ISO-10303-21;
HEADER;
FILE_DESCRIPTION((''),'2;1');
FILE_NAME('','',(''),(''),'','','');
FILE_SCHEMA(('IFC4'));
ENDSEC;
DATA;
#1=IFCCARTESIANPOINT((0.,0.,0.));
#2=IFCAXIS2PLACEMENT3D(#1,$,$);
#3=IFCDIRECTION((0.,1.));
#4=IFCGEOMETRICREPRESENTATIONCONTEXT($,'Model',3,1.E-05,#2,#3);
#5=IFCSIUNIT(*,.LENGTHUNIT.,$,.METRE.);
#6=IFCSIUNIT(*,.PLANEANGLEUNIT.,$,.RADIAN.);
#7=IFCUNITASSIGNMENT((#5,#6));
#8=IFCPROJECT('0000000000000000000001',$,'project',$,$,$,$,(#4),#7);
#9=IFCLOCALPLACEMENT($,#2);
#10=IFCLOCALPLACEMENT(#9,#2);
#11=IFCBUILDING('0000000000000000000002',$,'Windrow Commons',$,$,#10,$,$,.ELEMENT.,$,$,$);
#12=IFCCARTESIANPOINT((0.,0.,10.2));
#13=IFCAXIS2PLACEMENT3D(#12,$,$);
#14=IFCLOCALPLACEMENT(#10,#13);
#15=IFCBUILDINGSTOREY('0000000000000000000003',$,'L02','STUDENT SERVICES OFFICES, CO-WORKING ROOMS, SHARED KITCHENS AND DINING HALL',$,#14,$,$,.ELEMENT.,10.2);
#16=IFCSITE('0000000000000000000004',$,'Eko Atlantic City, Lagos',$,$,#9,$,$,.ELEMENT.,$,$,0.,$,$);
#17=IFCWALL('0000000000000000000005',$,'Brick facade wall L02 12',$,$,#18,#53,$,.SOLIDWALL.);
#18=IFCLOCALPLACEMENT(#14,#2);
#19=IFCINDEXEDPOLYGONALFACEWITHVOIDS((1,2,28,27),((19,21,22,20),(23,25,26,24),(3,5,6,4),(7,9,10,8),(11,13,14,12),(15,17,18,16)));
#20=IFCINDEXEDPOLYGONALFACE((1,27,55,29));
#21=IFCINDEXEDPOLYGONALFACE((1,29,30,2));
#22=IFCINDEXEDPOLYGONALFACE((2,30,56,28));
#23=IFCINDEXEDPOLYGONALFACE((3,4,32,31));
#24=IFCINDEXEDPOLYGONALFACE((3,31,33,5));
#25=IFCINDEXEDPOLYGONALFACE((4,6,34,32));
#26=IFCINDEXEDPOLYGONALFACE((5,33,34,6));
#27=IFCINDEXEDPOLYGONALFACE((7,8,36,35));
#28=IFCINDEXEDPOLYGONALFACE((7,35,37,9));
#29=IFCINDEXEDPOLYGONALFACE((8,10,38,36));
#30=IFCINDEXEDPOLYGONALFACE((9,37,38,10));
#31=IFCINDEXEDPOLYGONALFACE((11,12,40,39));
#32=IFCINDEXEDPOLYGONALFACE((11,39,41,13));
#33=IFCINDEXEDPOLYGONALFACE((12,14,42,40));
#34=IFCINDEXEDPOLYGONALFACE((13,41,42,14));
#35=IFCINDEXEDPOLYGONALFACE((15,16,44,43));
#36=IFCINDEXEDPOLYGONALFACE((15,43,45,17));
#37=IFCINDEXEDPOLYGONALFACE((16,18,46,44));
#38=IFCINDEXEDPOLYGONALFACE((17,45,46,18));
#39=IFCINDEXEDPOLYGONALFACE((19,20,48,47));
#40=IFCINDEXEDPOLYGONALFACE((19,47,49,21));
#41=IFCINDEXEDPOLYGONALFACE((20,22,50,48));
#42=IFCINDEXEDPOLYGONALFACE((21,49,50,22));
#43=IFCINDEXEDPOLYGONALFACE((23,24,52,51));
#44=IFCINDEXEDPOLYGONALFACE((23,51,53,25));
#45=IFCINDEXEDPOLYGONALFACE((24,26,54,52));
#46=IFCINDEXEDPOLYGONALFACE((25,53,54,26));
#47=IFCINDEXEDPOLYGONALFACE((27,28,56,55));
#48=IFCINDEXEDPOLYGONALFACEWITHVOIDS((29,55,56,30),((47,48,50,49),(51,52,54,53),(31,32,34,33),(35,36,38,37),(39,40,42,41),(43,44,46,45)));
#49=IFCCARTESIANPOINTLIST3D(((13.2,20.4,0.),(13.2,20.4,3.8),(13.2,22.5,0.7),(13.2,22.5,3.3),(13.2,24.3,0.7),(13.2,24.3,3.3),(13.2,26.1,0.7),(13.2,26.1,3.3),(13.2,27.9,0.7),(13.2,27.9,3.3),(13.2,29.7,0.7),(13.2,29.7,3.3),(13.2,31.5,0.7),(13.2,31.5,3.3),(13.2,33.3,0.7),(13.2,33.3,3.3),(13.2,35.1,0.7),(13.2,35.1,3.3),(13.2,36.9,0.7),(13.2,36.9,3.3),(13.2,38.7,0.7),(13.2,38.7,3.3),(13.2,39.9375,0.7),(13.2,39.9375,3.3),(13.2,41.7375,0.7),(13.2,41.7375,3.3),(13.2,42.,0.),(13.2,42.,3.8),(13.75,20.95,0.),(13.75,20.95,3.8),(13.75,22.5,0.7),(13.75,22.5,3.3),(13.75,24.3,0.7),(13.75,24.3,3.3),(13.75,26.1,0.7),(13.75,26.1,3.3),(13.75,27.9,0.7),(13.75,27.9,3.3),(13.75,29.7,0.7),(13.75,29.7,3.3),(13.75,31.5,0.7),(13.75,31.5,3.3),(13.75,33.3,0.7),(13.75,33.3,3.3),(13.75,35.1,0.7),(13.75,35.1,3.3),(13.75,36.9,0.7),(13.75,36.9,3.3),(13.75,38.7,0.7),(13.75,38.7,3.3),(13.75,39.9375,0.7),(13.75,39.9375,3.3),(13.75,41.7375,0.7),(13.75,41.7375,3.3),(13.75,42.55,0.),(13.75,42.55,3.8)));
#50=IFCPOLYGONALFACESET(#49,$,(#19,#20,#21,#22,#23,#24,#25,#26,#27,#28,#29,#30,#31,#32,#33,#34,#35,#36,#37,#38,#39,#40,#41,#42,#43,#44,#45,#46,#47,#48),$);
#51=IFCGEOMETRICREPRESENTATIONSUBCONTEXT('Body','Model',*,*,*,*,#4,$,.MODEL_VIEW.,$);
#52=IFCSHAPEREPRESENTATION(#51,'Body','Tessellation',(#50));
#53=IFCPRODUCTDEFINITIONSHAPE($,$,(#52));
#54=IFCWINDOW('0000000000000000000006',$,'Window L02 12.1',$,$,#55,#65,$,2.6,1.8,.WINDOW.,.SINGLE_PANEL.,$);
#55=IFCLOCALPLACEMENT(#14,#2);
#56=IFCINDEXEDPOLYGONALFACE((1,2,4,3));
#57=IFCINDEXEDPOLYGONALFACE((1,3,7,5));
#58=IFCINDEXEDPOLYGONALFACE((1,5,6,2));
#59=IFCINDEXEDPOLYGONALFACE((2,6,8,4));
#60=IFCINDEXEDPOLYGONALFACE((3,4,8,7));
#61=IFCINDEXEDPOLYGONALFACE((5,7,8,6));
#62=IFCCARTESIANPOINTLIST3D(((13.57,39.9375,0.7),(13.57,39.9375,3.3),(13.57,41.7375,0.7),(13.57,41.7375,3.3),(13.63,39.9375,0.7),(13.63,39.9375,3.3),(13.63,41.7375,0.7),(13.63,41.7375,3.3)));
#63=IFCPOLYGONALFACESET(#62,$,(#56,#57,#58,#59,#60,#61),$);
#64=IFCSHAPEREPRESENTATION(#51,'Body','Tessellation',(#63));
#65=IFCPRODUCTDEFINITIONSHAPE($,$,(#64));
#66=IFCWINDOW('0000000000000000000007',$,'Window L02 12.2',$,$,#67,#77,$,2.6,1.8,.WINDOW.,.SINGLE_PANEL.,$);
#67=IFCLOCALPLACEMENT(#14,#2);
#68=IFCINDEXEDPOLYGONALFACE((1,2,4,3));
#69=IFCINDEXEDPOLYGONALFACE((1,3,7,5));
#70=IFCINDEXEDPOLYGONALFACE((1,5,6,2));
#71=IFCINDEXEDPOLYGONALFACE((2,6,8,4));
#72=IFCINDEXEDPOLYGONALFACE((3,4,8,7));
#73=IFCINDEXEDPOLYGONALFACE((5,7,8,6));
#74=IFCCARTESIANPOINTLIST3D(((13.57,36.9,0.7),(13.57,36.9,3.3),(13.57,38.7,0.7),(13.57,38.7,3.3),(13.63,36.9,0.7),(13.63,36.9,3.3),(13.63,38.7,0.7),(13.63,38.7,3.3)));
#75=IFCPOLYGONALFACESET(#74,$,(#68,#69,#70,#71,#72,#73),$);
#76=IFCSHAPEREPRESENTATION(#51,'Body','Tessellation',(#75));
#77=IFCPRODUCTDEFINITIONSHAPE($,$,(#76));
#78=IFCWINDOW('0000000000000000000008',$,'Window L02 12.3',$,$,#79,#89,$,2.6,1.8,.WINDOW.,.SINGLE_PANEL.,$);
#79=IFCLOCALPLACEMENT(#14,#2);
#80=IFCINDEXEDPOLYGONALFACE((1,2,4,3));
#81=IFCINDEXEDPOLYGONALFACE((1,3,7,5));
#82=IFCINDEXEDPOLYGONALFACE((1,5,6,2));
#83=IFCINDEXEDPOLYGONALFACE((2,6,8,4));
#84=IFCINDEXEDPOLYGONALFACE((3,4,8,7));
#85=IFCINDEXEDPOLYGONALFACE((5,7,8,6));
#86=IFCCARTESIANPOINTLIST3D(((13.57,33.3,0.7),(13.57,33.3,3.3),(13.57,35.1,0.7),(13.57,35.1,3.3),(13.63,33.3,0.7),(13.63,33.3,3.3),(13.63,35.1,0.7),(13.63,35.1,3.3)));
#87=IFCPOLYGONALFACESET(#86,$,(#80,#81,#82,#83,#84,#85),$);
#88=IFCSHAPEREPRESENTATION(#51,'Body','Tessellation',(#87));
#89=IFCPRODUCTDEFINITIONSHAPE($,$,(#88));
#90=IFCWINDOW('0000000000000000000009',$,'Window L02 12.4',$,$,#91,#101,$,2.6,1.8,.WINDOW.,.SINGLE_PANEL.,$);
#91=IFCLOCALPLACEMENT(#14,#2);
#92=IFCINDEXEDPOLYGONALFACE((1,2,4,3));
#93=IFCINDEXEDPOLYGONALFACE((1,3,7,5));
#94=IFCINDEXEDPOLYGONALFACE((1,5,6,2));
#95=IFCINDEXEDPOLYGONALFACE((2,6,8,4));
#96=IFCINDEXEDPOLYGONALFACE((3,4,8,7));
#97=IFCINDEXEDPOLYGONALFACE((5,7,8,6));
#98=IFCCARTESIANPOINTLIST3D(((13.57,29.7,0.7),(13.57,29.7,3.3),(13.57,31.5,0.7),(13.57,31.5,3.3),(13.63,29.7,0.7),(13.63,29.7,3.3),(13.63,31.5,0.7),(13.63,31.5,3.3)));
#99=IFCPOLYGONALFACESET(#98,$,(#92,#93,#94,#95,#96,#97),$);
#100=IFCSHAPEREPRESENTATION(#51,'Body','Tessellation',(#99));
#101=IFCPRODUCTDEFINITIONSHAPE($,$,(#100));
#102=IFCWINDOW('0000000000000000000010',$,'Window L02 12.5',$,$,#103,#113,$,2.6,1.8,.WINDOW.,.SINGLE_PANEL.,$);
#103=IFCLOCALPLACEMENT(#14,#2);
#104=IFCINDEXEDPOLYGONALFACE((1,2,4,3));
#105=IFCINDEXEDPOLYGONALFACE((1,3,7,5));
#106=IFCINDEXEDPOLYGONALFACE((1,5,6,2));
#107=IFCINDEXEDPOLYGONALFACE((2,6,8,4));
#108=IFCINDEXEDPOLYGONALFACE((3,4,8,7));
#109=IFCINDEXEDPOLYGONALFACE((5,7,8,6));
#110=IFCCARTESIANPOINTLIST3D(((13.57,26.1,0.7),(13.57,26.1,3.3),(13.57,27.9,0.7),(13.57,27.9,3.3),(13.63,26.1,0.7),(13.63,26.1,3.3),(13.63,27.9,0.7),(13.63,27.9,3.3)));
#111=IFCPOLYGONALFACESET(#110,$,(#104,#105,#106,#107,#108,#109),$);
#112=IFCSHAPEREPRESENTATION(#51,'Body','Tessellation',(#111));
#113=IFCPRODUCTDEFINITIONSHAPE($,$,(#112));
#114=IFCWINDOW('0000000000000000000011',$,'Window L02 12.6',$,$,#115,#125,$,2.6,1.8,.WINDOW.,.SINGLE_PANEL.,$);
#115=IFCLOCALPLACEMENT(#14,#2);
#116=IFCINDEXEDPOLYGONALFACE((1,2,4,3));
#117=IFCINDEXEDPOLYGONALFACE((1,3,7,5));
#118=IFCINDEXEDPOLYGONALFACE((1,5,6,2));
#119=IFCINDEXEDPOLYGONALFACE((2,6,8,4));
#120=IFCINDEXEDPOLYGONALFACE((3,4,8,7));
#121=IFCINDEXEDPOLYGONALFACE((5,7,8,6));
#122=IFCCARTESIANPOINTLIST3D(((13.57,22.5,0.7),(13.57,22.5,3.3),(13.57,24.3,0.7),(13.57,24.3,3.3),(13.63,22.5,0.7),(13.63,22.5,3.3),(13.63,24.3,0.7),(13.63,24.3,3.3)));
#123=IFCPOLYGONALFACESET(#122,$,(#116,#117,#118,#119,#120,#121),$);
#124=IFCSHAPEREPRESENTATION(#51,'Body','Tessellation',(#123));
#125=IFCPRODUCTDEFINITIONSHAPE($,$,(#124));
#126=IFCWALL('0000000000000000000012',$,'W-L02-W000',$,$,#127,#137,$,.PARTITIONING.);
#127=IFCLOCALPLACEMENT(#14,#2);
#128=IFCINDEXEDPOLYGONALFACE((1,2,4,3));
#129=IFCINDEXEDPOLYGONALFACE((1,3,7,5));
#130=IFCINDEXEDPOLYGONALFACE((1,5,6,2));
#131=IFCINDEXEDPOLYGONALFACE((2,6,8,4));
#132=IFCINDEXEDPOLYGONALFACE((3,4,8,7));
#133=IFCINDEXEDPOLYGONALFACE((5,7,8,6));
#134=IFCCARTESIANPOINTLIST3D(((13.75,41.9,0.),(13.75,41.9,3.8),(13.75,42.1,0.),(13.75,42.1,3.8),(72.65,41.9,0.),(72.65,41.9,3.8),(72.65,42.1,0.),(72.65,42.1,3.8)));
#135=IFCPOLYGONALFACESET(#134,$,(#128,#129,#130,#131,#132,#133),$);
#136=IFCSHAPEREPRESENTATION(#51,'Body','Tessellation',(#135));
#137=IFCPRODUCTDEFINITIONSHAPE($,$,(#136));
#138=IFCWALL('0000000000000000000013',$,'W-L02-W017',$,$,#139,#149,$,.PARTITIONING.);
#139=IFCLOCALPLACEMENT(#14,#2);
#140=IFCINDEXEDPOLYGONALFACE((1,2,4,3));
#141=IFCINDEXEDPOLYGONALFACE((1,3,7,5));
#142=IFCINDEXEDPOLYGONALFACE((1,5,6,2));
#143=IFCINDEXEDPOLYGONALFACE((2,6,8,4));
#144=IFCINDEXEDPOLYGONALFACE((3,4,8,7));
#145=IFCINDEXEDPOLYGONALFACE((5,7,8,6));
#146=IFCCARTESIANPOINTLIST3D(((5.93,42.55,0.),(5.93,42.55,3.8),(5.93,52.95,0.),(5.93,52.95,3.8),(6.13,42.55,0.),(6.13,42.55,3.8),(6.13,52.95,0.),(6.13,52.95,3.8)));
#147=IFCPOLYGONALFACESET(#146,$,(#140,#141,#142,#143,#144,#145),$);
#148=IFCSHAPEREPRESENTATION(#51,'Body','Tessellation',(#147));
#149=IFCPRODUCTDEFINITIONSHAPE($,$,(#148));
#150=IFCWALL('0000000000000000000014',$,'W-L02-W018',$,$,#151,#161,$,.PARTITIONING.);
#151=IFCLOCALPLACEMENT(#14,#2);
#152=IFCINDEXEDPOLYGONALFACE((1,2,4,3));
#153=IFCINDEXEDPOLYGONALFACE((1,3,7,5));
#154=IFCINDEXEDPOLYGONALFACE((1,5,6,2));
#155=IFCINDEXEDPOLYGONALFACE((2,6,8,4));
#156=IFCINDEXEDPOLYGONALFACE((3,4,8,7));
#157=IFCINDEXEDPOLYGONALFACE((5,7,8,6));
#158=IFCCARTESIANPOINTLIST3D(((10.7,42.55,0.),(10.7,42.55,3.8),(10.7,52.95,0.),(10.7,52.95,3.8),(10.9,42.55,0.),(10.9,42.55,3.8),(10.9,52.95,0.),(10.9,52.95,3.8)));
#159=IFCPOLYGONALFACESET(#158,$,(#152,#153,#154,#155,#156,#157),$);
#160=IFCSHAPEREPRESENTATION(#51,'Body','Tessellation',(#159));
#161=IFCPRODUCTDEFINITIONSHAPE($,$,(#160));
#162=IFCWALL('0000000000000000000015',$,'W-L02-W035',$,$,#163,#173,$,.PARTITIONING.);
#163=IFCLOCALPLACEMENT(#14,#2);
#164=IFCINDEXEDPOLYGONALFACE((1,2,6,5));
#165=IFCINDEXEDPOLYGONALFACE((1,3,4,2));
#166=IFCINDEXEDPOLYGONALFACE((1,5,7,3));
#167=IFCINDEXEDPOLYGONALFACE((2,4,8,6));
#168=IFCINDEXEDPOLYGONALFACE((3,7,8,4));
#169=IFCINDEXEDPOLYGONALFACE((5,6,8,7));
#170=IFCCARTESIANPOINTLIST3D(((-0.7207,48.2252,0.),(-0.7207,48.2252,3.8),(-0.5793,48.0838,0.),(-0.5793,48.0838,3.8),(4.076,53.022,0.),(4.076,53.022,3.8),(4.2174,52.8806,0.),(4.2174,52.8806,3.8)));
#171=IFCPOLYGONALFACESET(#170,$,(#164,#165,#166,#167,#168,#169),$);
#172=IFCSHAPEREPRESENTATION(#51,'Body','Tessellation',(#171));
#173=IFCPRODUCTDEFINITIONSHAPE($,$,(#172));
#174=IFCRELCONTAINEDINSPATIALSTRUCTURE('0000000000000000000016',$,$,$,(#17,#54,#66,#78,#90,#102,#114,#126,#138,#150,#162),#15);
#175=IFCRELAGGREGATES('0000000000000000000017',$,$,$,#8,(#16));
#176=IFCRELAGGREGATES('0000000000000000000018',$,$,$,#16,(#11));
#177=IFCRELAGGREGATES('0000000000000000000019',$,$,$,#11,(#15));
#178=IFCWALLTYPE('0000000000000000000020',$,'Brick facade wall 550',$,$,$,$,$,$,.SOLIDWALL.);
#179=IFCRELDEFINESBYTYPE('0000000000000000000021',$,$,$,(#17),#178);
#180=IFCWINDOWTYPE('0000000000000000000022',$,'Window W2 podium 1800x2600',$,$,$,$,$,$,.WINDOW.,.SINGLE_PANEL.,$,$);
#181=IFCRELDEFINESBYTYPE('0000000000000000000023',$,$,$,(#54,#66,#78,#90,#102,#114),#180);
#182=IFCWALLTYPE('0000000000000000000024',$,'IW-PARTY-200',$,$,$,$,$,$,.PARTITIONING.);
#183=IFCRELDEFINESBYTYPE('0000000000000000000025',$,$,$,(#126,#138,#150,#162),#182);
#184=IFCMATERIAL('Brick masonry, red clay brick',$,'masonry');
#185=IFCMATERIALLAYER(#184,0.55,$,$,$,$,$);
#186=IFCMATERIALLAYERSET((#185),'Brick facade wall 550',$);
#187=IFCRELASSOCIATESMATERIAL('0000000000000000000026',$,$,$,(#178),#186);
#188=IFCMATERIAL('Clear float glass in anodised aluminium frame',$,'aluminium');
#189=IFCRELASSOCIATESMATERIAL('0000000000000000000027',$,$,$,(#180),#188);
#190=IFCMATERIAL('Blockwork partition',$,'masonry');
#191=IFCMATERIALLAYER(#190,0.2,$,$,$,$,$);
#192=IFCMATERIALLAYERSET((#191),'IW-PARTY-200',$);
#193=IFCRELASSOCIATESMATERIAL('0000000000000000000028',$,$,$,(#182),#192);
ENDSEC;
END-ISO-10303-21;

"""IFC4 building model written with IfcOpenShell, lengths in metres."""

from ifc_helpers import new_model, si_unit, direction, frame, frame_2d, origin, place, context, subcontext, project, spatial, polyline, rectangle, outline, extrude, material, layer, layer_set, type_object, element, fill, save


model = new_model("IFC4")

# Units and contexts
model_context = context("Model", 3, precision=1e-05, world=origin(), true_north=direction((0.0, 1.0)))
body_context = subcontext(model_context, "Body", "Model", "MODEL_VIEW")
ifc_project = project(units=[si_unit("LENGTHUNIT", "METRE"), si_unit("PLANEANGLEUNIT", "RADIAN")], contexts=[model_context])

# Site, building, storey
site_placement = place(None, origin())
site = spatial("IfcSite", under=ifc_project, at=site_placement, Name="Eko Atlantic City, Lagos", CompositionType="ELEMENT", RefElevation=0.0)
building_placement = place(site_placement, origin())
building = spatial("IfcBuilding", under=site, at=building_placement, Name="Windrow Commons", CompositionType="ELEMENT")
storey_placement = place(building_placement, frame((0.0, 0.0, 10.2)))
storey = spatial("IfcBuildingStorey", under=building, at=storey_placement, Name="L02", Description="STUDENT SERVICES OFFICES, CO-WORKING ROOMS, SHARED KITCHENS AND DINING HALL", CompositionType="ELEMENT", Elevation=10.2)

# Shared definitions
ifc_material_1 = material(Name="Brick masonry, red clay brick", Category="masonry")
ifc_layer_1 = layer(ifc_material_1, 0.55)
ifc_layer_set_1 = layer_set([ifc_layer_1], Name="Brick facade wall 550")
wall_type_1 = type_object("IfcWallType", Name="Brick facade wall 550", PredefinedType="SOLIDWALL", material=ifc_layer_set_1)

# Wall, openings, windows
ifc_material_2 = material(Name="Clear float glass in anodised aluminium frame", Category="aluminium")
window_type = type_object("IfcWindowType", Name="Window W2 podium 1800x2600", PartitioningType="SINGLE_PANEL", PredefinedType="WINDOW", material=ifc_material_2)
wall_1_placement = place(storey_placement, frame((13.475, 42.275, 0.0), z_axis=(0.0, 0.0, 1.0), x_axis=(0.0, -1.0, 0.0)))
wall_1 = element("IfcWall", 1, at=wall_1_placement, inside=storey, type_object=wall_type_1, Name="Brick facade wall L02 12", PredefinedType="SOLIDWALL", context=body_context, shape_type="SweptSolid", body=[
    extrude(outline(polyline([(0.275, -0.275), (21.875, -0.275), (21.325, 0.275), (-0.275, 0.275), (0.275, -0.275)])), origin(), (0.0, 0.0, 1.0), 3.8),
])
opening_1_placement = place(wall_1_placement, frame((0.5375, 0.0, 0.7)))
opening_1 = element("IfcOpeningElement", 2, at=opening_1_placement, cuts=wall_1, PredefinedType="OPENING", context=body_context, shape_type="SweptSolid", body=[
    extrude(rectangle(XDim=1.8, YDim=2.6, at=frame_2d((0.9, 1.3))), frame((0.0, 0.285, 0.0), z_axis=(0.0, -1.0, 0.0), x_axis=(1.0, 0.0, 0.0)), (0.0, 0.0, 1.0), 0.57),
])
opening_2_placement = place(wall_1_placement, frame((3.575, 0.0, 0.7)))
opening_2 = element("IfcOpeningElement", 3, at=opening_2_placement, cuts=wall_1, PredefinedType="OPENING", context=body_context, shape_type="SweptSolid", body=[
    extrude(rectangle(XDim=1.8, YDim=2.6, at=frame_2d((0.9, 1.3))), frame((0.0, 0.285, 0.0), z_axis=(0.0, -1.0, 0.0), x_axis=(1.0, 0.0, 0.0)), (0.0, 0.0, 1.0), 0.57),
])
opening_3_placement = place(wall_1_placement, frame((7.175, 0.0, 0.7)))
opening_3 = element("IfcOpeningElement", 4, at=opening_3_placement, cuts=wall_1, PredefinedType="OPENING", context=body_context, shape_type="SweptSolid", body=[
    extrude(rectangle(XDim=1.8, YDim=2.6, at=frame_2d((0.9, 1.3))), frame((0.0, 0.285, 0.0), z_axis=(0.0, -1.0, 0.0), x_axis=(1.0, 0.0, 0.0)), (0.0, 0.0, 1.0), 0.57),
])
opening_4_placement = place(wall_1_placement, frame((10.775, 0.0, 0.7)))
opening_4 = element("IfcOpeningElement", 5, at=opening_4_placement, cuts=wall_1, PredefinedType="OPENING", context=body_context, shape_type="SweptSolid", body=[
    extrude(rectangle(XDim=1.8, YDim=2.6, at=frame_2d((0.9, 1.3))), frame((0.0, 0.285, 0.0), z_axis=(0.0, -1.0, 0.0), x_axis=(1.0, 0.0, 0.0)), (0.0, 0.0, 1.0), 0.57),
])
opening_5_placement = place(wall_1_placement, frame((14.375, 0.0, 0.7)))
opening_5 = element("IfcOpeningElement", 6, at=opening_5_placement, cuts=wall_1, PredefinedType="OPENING", context=body_context, shape_type="SweptSolid", body=[
    extrude(rectangle(XDim=1.8, YDim=2.6, at=frame_2d((0.9, 1.3))), frame((0.0, 0.285, 0.0), z_axis=(0.0, -1.0, 0.0), x_axis=(1.0, 0.0, 0.0)), (0.0, 0.0, 1.0), 0.57),
])
opening_6_placement = place(wall_1_placement, frame((17.975, 0.0, 0.7)))
opening_6 = element("IfcOpeningElement", 7, at=opening_6_placement, cuts=wall_1, PredefinedType="OPENING", context=body_context, shape_type="SweptSolid", body=[
    extrude(rectangle(XDim=1.8, YDim=2.6, at=frame_2d((0.9, 1.3))), frame((0.0, 0.285, 0.0), z_axis=(0.0, -1.0, 0.0), x_axis=(1.0, 0.0, 0.0)), (0.0, 0.0, 1.0), 0.57),
])
window_1_placement = place(opening_1_placement, origin())
window_1 = element("IfcWindow", 8, at=window_1_placement, inside=storey, type_object=window_type, Name="Window L02 12.1", OverallHeight=2.6, OverallWidth=1.8, PartitioningType="SINGLE_PANEL", PredefinedType="WINDOW", context=body_context, shape_type="SweptSolid", body=[
    extrude(rectangle(XDim=1.8, YDim=2.6, at=frame_2d((0.9, 1.3))), frame((0.0, 0.155, 0.0), z_axis=(0.0, -1.0, 0.0), x_axis=(1.0, 0.0, 0.0)), (0.0, 0.0, 1.0), 0.06),
])
fill(opening_1, window_1)
window_2_placement = place(opening_2_placement, origin())
window_2 = element("IfcWindow", 9, at=window_2_placement, inside=storey, type_object=window_type, Name="Window L02 12.2", OverallHeight=2.6, OverallWidth=1.8, PartitioningType="SINGLE_PANEL", PredefinedType="WINDOW", context=body_context, shape_type="SweptSolid", body=[
    extrude(rectangle(XDim=1.8, YDim=2.6, at=frame_2d((0.9, 1.3))), frame((0.0, 0.155, 0.0), z_axis=(0.0, -1.0, 0.0), x_axis=(1.0, 0.0, 0.0)), (0.0, 0.0, 1.0), 0.06),
])
fill(opening_2, window_2)
window_3_placement = place(opening_3_placement, origin())
window_3 = element("IfcWindow", 10, at=window_3_placement, inside=storey, type_object=window_type, Name="Window L02 12.3", OverallHeight=2.6, OverallWidth=1.8, PartitioningType="SINGLE_PANEL", PredefinedType="WINDOW", context=body_context, shape_type="SweptSolid", body=[
    extrude(rectangle(XDim=1.8, YDim=2.6, at=frame_2d((0.9, 1.3))), frame((0.0, 0.155, 0.0), z_axis=(0.0, -1.0, 0.0), x_axis=(1.0, 0.0, 0.0)), (0.0, 0.0, 1.0), 0.06),
])
fill(opening_3, window_3)
window_4_placement = place(opening_4_placement, origin())
window_4 = element("IfcWindow", 11, at=window_4_placement, inside=storey, type_object=window_type, Name="Window L02 12.4", OverallHeight=2.6, OverallWidth=1.8, PartitioningType="SINGLE_PANEL", PredefinedType="WINDOW", context=body_context, shape_type="SweptSolid", body=[
    extrude(rectangle(XDim=1.8, YDim=2.6, at=frame_2d((0.9, 1.3))), frame((0.0, 0.155, 0.0), z_axis=(0.0, -1.0, 0.0), x_axis=(1.0, 0.0, 0.0)), (0.0, 0.0, 1.0), 0.06),
])
fill(opening_4, window_4)
window_5_placement = place(opening_5_placement, origin())
window_5 = element("IfcWindow", 12, at=window_5_placement, inside=storey, type_object=window_type, Name="Window L02 12.5", OverallHeight=2.6, OverallWidth=1.8, PartitioningType="SINGLE_PANEL", PredefinedType="WINDOW", context=body_context, shape_type="SweptSolid", body=[
    extrude(rectangle(XDim=1.8, YDim=2.6, at=frame_2d((0.9, 1.3))), frame((0.0, 0.155, 0.0), z_axis=(0.0, -1.0, 0.0), x_axis=(1.0, 0.0, 0.0)), (0.0, 0.0, 1.0), 0.06),
])
fill(opening_5, window_5)
window_6_placement = place(opening_6_placement, origin())
window_6 = element("IfcWindow", 13, at=window_6_placement, inside=storey, type_object=window_type, Name="Window L02 12.6", OverallHeight=2.6, OverallWidth=1.8, PartitioningType="SINGLE_PANEL", PredefinedType="WINDOW", context=body_context, shape_type="SweptSolid", body=[
    extrude(rectangle(XDim=1.8, YDim=2.6, at=frame_2d((0.9, 1.3))), frame((0.0, 0.155, 0.0), z_axis=(0.0, -1.0, 0.0), x_axis=(1.0, 0.0, 0.0)), (0.0, 0.0, 1.0), 0.06),
])
fill(opening_6, window_6)

# Walls
ifc_material_3 = material(Name="Blockwork partition", Category="masonry")
ifc_layer_2 = layer(ifc_material_3, 0.2)
ifc_layer_set_2 = layer_set([ifc_layer_2], Name="IW-PARTY-200")
wall_type_2 = type_object("IfcWallType", Name="IW-PARTY-200", PredefinedType="PARTITIONING", material=ifc_layer_set_2)
wall_2_placement = place(storey_placement, frame((13.75, 42.0, 0.0), z_axis=(0.0, 0.0, 1.0), x_axis=(1.0, 0.0, 0.0)))
element("IfcWall", 14, at=wall_2_placement, inside=storey, type_object=wall_type_2, Name="W-L02-W000", PredefinedType="PARTITIONING", context=body_context, shape_type="SweptSolid", body=[
    extrude(rectangle(XDim=58.9, YDim=0.2, at=frame_2d((29.45, 0.0))), origin(), (0.0, 0.0, 1.0), 3.8),
])
for number, where, z_axis, x_axis, name in (
    (15, (6.03, 42.55, 0.0), (0.0, 0.0, 1.0), (0.0, 1.0, 0.0), "W-L02-W017"),
    (16, (10.8, 42.55, 0.0), (0.0, 0.0, 1.0), (0.0, 1.0, 0.0), "W-L02-W018"),
):
    element("IfcWall", number, at=place(storey_placement, frame(where, z_axis=z_axis, x_axis=x_axis)), inside=storey, type_object=wall_type_2, Name=name, PredefinedType="PARTITIONING", context=body_context, shape_type="SweptSolid", body=[
        extrude(rectangle(XDim=10.4, YDim=0.2, at=frame_2d((5.2, 0.0))), origin(), (0.0, 0.0, 1.0), 3.8),
    ])
wall_3_placement = place(storey_placement, frame((-0.65, 48.1545, 0.0), z_axis=(0.0, 0.0, 1.0), x_axis=(0.707099, 0.707114, 0.0)))
element("IfcWall", 17, at=wall_3_placement, inside=storey, type_object=wall_type_2, Name="W-L02-W035", PredefinedType="PARTITIONING", context=body_context, shape_type="SweptSolid", body=[
    extrude(rectangle(XDim=6.7836, YDim=0.2, at=frame_2d((3.3918, 0.0))), origin(), (0.0, 0.0, 1.0), 3.8),
])

save(model, "model.ifc")
